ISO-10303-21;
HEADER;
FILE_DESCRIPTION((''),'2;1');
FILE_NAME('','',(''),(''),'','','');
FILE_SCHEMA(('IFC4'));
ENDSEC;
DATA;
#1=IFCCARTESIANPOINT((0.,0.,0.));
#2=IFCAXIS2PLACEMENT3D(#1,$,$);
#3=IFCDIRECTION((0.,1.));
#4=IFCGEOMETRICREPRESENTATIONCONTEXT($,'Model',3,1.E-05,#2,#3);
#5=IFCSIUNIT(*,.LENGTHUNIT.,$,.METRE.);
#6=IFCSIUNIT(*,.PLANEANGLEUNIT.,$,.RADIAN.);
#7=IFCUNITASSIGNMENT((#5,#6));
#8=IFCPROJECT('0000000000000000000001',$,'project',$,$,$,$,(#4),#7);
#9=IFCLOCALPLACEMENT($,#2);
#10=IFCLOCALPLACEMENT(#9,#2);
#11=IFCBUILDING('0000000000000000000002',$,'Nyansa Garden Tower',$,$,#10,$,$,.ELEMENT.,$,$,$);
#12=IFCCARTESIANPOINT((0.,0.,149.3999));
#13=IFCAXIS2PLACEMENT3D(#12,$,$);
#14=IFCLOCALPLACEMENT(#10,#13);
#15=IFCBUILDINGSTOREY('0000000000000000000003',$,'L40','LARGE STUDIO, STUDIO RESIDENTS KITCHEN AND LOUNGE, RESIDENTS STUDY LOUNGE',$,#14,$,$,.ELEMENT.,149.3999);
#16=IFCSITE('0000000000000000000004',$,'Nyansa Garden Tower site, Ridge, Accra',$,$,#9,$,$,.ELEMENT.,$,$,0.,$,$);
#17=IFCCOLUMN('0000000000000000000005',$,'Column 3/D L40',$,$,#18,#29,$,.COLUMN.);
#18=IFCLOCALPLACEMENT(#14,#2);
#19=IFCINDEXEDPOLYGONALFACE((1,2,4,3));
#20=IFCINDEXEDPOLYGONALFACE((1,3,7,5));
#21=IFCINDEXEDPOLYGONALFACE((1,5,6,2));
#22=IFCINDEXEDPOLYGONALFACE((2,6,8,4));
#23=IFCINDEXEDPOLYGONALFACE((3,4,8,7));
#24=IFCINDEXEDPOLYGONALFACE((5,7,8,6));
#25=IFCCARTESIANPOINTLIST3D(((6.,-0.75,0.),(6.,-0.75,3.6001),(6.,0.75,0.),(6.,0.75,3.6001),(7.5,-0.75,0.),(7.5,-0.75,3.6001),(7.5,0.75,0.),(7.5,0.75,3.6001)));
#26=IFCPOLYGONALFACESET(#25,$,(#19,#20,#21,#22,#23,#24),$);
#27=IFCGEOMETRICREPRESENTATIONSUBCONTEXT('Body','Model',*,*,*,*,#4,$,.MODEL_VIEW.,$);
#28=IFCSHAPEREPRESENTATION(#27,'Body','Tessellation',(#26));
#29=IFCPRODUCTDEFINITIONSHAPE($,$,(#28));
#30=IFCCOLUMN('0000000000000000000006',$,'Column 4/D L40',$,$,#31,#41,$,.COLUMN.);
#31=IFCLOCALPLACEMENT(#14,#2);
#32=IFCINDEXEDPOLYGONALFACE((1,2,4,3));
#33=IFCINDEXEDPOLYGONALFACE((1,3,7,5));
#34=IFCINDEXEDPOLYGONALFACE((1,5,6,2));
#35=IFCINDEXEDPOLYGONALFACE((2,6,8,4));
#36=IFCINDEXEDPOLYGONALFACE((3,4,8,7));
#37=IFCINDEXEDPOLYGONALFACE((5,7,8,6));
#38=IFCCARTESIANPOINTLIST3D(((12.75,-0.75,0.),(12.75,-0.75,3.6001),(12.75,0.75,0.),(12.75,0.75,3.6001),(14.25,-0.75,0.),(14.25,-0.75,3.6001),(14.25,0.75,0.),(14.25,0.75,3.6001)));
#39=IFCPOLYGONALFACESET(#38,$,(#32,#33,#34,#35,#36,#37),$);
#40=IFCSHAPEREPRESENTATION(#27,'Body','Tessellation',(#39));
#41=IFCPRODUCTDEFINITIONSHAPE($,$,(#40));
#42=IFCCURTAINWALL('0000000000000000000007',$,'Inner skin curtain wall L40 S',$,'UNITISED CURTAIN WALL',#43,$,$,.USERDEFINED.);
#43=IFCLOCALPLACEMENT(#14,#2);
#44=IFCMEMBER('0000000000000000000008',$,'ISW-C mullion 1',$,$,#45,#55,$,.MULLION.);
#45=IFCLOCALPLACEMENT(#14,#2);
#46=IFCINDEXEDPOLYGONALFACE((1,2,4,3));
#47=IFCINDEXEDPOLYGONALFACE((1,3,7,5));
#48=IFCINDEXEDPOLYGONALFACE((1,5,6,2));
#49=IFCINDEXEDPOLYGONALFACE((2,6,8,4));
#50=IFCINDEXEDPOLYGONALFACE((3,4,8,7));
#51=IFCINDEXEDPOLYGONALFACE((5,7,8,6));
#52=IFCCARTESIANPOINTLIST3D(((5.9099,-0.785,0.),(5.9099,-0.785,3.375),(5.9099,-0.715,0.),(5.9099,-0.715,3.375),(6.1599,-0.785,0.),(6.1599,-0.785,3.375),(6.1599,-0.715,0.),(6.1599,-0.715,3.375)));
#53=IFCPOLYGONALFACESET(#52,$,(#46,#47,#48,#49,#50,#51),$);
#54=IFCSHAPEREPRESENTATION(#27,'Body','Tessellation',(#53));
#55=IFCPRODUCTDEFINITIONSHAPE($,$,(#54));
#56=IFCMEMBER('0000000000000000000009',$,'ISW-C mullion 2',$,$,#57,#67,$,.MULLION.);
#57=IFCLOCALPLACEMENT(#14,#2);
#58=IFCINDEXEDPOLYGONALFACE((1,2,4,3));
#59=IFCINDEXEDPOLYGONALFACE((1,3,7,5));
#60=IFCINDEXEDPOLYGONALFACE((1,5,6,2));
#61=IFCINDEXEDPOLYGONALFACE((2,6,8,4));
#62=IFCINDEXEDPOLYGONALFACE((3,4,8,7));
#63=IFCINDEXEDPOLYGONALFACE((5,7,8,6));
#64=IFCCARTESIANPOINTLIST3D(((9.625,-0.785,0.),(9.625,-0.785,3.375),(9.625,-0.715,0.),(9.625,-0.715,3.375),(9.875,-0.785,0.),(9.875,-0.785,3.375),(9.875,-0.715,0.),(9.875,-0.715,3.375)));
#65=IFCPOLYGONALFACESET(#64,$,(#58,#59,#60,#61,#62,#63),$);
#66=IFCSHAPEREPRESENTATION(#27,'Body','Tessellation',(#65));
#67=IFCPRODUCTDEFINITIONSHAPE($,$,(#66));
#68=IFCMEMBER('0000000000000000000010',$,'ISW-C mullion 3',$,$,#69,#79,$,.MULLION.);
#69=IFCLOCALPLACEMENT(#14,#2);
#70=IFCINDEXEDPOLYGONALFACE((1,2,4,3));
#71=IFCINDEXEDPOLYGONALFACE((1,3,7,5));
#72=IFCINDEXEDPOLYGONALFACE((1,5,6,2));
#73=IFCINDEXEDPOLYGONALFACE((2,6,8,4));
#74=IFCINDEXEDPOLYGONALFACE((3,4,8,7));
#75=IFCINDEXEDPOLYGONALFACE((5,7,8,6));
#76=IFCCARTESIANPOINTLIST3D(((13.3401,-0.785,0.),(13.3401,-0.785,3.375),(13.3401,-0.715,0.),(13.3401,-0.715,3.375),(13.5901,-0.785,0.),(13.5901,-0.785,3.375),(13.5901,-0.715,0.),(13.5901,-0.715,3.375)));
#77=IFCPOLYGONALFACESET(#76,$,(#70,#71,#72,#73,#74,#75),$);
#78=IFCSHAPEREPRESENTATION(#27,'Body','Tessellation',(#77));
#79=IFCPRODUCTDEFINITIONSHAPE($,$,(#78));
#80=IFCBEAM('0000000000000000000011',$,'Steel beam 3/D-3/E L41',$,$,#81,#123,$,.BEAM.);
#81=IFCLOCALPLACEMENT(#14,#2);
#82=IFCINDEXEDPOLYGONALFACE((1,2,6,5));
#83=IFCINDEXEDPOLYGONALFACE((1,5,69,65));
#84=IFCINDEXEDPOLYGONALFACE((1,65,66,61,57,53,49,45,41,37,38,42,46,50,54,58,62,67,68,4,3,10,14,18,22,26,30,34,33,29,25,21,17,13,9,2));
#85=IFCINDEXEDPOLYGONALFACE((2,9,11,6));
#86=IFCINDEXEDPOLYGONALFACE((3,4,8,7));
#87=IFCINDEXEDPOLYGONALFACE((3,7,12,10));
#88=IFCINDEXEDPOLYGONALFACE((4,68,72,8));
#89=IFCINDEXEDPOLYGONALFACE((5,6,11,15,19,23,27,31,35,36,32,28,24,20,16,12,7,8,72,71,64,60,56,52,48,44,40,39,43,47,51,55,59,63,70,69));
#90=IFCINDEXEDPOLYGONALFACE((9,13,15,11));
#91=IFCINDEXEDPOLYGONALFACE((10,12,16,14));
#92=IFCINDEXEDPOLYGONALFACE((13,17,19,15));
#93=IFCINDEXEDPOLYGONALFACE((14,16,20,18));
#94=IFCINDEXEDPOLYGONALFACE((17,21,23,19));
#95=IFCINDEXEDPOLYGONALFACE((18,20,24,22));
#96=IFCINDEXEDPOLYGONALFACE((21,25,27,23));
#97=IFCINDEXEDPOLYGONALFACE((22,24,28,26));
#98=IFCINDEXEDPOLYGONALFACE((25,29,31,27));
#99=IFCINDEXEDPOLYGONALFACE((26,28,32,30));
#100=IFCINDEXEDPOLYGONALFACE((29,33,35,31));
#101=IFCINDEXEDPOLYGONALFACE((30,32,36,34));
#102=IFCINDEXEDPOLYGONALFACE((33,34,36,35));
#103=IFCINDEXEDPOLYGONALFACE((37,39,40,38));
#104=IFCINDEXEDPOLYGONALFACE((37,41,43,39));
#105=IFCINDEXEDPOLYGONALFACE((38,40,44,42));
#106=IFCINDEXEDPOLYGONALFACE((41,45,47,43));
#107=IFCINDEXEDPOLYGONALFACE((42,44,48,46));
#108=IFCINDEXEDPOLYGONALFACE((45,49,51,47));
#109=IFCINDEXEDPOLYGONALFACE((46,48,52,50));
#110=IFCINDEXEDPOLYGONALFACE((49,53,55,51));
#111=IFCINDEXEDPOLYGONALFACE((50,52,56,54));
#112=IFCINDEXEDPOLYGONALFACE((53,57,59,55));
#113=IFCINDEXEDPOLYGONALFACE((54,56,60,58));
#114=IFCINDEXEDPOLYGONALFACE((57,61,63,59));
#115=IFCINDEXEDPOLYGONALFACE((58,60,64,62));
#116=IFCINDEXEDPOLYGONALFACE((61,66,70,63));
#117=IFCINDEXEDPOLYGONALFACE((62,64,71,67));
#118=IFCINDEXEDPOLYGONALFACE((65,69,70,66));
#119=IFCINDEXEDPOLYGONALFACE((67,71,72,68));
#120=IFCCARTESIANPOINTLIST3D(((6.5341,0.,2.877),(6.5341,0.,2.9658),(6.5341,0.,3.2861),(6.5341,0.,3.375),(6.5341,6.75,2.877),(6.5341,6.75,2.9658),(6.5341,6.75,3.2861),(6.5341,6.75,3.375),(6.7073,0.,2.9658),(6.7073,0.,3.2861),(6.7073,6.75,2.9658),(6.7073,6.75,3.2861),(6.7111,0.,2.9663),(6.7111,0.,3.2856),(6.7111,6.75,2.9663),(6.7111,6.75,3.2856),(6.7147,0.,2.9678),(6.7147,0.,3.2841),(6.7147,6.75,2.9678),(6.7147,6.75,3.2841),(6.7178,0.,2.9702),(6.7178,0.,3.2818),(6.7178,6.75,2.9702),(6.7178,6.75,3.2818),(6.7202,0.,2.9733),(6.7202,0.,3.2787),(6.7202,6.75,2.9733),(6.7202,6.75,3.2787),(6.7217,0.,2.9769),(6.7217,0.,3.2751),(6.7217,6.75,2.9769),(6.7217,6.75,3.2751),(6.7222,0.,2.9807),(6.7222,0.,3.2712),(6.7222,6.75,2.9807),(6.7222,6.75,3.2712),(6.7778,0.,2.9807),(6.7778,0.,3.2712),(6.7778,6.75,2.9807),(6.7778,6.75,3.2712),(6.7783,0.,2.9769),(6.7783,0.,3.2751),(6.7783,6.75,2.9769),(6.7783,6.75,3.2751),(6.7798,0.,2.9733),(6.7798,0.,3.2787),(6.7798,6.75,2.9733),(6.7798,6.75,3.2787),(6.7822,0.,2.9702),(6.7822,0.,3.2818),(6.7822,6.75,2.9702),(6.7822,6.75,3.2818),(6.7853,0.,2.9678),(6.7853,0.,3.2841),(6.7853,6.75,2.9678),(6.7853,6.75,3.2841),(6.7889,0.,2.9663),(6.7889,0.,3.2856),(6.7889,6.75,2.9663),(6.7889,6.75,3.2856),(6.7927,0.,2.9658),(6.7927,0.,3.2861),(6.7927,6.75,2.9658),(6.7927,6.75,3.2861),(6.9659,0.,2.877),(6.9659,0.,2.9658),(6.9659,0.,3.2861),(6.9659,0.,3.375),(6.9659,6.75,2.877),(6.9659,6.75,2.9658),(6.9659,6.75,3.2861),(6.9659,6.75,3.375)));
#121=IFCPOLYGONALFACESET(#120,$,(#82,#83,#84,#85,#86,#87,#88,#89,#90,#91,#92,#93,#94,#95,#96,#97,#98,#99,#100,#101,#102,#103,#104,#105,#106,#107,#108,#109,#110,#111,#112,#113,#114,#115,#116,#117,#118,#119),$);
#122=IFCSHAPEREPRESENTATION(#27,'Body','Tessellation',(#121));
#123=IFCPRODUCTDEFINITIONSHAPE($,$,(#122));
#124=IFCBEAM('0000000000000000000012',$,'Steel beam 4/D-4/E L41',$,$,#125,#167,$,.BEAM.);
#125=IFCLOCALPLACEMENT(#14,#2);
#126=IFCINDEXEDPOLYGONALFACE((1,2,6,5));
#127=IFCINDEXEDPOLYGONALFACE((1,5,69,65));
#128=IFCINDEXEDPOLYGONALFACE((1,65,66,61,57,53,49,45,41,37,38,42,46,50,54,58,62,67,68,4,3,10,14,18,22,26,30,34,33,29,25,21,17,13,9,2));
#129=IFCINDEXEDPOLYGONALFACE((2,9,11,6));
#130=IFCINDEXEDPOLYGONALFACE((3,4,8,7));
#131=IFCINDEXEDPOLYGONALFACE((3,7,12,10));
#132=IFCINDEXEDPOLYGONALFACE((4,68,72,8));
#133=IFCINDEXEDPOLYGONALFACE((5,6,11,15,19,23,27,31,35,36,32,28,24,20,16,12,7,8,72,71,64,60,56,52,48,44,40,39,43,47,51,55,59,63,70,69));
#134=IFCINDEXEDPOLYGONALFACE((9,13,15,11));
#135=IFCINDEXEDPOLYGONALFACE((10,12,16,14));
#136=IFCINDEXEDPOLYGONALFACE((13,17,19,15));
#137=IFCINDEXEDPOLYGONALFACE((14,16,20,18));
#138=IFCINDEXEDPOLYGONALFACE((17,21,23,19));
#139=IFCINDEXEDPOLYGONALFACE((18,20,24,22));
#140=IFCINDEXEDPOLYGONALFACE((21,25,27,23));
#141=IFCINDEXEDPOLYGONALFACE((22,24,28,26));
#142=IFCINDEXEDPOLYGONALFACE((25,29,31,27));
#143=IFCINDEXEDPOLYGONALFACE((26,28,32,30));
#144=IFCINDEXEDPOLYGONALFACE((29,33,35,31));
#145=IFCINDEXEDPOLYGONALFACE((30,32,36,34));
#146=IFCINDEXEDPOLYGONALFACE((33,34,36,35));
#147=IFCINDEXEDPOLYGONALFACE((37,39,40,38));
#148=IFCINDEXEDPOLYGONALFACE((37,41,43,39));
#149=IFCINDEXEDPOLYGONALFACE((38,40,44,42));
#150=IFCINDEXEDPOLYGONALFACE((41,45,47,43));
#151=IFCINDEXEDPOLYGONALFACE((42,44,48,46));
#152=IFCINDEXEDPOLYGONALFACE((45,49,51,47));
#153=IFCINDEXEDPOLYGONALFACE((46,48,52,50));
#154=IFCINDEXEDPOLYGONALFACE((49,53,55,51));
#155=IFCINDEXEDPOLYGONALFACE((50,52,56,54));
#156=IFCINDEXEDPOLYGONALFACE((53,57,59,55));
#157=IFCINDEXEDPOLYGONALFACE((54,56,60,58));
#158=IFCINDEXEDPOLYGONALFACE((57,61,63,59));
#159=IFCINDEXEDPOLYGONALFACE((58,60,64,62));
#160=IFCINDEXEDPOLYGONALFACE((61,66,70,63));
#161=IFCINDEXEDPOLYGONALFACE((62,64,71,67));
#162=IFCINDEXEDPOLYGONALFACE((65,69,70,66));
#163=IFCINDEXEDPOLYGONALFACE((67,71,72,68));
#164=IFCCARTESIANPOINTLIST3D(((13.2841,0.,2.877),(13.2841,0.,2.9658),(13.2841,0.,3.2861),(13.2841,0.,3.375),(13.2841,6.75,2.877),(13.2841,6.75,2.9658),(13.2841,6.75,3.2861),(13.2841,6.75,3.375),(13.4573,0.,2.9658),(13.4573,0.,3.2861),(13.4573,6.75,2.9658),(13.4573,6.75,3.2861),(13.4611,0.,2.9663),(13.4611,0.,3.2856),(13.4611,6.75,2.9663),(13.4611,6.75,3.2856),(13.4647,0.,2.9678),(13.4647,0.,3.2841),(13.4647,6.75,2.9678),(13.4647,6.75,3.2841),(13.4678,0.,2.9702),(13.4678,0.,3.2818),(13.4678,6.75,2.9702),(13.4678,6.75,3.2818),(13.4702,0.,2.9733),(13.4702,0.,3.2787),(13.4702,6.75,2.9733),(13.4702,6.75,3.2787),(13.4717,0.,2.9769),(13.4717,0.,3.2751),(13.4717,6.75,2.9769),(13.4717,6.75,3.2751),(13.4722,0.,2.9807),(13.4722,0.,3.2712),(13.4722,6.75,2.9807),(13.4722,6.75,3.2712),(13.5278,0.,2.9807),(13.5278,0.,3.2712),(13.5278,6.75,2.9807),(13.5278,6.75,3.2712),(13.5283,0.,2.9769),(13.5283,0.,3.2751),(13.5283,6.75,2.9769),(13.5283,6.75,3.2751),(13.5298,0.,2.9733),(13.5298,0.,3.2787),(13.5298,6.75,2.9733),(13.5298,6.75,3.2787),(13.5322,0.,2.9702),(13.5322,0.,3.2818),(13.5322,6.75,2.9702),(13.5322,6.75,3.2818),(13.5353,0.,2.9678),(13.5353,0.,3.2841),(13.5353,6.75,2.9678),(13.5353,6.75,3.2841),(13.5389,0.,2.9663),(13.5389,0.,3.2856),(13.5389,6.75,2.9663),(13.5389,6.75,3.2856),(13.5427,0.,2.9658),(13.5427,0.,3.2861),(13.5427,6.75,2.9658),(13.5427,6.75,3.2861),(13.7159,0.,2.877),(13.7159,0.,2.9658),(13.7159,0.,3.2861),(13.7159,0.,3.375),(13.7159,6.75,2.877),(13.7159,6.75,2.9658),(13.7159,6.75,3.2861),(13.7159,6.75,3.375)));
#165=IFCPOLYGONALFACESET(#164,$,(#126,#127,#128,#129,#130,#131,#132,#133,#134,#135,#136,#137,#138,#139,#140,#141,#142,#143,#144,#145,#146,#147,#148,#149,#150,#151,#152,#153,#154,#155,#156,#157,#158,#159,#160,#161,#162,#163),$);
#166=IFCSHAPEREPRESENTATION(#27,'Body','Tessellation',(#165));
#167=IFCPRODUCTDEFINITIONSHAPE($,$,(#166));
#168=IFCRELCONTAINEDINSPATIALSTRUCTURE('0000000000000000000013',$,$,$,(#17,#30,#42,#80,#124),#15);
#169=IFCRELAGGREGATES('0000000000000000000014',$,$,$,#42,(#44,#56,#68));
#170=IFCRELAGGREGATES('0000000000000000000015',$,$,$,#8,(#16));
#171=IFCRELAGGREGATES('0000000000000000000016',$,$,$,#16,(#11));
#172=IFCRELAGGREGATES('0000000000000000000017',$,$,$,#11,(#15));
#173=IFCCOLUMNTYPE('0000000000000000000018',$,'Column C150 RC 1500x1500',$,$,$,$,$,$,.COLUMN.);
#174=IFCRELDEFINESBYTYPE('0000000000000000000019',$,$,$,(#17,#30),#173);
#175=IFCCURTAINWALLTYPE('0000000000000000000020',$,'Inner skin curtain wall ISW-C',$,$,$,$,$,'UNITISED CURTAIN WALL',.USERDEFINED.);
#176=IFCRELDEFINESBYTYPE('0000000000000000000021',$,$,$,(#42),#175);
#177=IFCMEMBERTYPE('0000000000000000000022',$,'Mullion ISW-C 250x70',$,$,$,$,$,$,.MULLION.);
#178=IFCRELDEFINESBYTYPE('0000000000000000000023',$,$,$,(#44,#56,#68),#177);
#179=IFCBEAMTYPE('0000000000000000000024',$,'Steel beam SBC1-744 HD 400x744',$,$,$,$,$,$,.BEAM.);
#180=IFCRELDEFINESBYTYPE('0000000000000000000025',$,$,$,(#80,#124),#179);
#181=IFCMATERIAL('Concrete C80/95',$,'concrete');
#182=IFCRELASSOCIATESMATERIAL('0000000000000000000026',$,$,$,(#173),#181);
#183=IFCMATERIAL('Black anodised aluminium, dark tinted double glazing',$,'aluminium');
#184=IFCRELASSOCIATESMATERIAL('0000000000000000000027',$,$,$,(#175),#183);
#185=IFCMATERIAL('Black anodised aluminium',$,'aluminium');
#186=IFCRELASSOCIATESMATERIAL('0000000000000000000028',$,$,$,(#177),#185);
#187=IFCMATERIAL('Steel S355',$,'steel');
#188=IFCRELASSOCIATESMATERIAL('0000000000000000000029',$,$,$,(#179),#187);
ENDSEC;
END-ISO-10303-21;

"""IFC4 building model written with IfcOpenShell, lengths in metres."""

from ifc_helpers import new_model, si_unit, direction, frame, origin, origin_2d, place, context, subcontext, project, spatial, rectangle, i_section, extrude, material, material_profile, profile_set, type_object, element, aggregate, save


model = new_model("IFC4")

# Units and contexts
model_context = context("Model", 3, precision=1e-05, world=origin(), true_north=direction((0.0, 1.0)))
body_context = subcontext(model_context, "Body", "Model", "MODEL_VIEW")
ifc_project = project(units=[si_unit("LENGTHUNIT", "METRE"), si_unit("PLANEANGLEUNIT", "RADIAN")], contexts=[model_context])

# Site, building, storey
site_placement = place(None, origin())
site = spatial("IfcSite", under=ifc_project, at=site_placement, Name="Nyansa Garden Tower site, Ridge, Accra", CompositionType="ELEMENT", RefElevation=0.0)
building_placement = place(site_placement, origin())
building = spatial("IfcBuilding", under=site, at=building_placement, Name="Nyansa Garden Tower", CompositionType="ELEMENT")
storey_placement = place(building_placement, frame((0.0, 0.0, 149.3999)))
storey = spatial("IfcBuildingStorey", under=building, at=storey_placement, Name="L40", Description="LARGE STUDIO, STUDIO RESIDENTS KITCHEN AND LOUNGE, RESIDENTS STUDY LOUNGE", CompositionType="ELEMENT", Elevation=149.3999)

# Columns
ifc_material_1 = material(Name="Concrete C80/95", Category="concrete")
ifc_material_profile_1 = material_profile(ifc_material_1, rectangle(XDim=1.5, YDim=1.5, at=origin_2d()), Name="RC 1500x1500")
ifc_profile_set_1 = profile_set([ifc_material_profile_1], Name="Concrete C80/95")
column_type = type_object("IfcColumnType", Name="Column C150 RC 1500x1500", PredefinedType="COLUMN", material=ifc_profile_set_1)
for number, where, z_axis, x_axis, name in (
    (1, (6.75, 0.0, 0.0), (0.0, 0.0, 1.0), (1.0, 0.0, 0.0), "Column 3/D L40"),
    (2, (13.5, 0.0, 0.0), (0.0, 0.0, 1.0), (1.0, 0.0, 0.0), "Column 4/D L40"),
):
    element("IfcColumn", number, at=place(storey_placement, frame(where, z_axis=z_axis, x_axis=x_axis)), inside=storey, type_object=column_type, Name=name, PredefinedType="COLUMN", context=body_context, shape_type="SweptSolid", body=[
        extrude(rectangle(XDim=1.5, YDim=1.5, at=origin_2d()), origin(), (0.0, 0.0, 1.0), 3.6001),
    ])

# Curtain wall, members
ifc_material_2 = material(Name="Black anodised aluminium, dark tinted double glazing", Category="aluminium")
curtain_wall_type = type_object("IfcCurtainWallType", Name="Inner skin curtain wall ISW-C", ElementType="UNITISED CURTAIN WALL", PredefinedType="USERDEFINED", material=ifc_material_2)
curtain_wall_placement = place(storey_placement, origin())
curtain_wall = element("IfcCurtainWall", 3, at=curtain_wall_placement, inside=storey, type_object=curtain_wall_type, Name="Inner skin curtain wall L40 S", ObjectType="UNITISED CURTAIN WALL", PredefinedType="USERDEFINED")
ifc_material_3 = material(Name="Black anodised aluminium", Category="aluminium")
ifc_material_profile_2 = material_profile(ifc_material_3, rectangle(XDim=0.0701, YDim=0.25, at=origin_2d()), Name="Mullion 250x70")
ifc_profile_set_2 = profile_set([ifc_material_profile_2], Name="Black anodised aluminium")
member_type_1 = type_object("IfcMemberType", Name="Mullion ISW-C 250x70", PredefinedType="MULLION", material=ifc_profile_set_2)
member_1_placement = place(storey_placement, frame((6.0349, -0.75, 0.0), z_axis=(0.0, 0.0, 1.0), x_axis=(0.0, 1.0, 0.0)))
member_1 = element("IfcMember", 4, at=member_1_placement, type_object=member_type_1, Name="ISW-C mullion 1", PredefinedType="MULLION", context=body_context, shape_type="SweptSolid", body=[
    extrude(rectangle(XDim=0.0701, YDim=0.25, at=origin_2d()), origin(), (0.0, 0.0, 1.0), 3.375),
])
member_2_placement = place(storey_placement, frame((9.75, -0.75, 0.0), z_axis=(0.0, 0.0, 1.0), x_axis=(0.0, 1.0, 0.0)))
member_2 = element("IfcMember", 5, at=member_2_placement, type_object=member_type_1, Name="ISW-C mullion 2", PredefinedType="MULLION", context=body_context, shape_type="SweptSolid", body=[
    extrude(rectangle(XDim=0.0701, YDim=0.25, at=origin_2d()), origin(), (0.0, 0.0, 1.0), 3.375),
])
member_3_placement = place(storey_placement, frame((13.4651, -0.75, 0.0), z_axis=(0.0, 0.0, 1.0), x_axis=(0.0, 1.0, 0.0)))
member_3 = element("IfcMember", 6, at=member_3_placement, type_object=member_type_1, Name="ISW-C mullion 3", PredefinedType="MULLION", context=body_context, shape_type="SweptSolid", body=[
    extrude(rectangle(XDim=0.0701, YDim=0.25, at=origin_2d()), origin(), (0.0, 0.0, 1.0), 3.375),
])

# Beams
ifc_material_4 = material(Name="Steel S355", Category="steel")
ifc_material_profile_3 = material_profile(ifc_material_4, i_section(OverallWidth=0.4319, OverallDepth=0.498, WebThickness=0.0557, FlangeThickness=0.0889, FilletRadius=0.0149, at=origin_2d()), Name="HD 400x744")
ifc_profile_set_3 = profile_set([ifc_material_profile_3], Name="Steel S355")
beam_type_1 = type_object("IfcBeamType", Name="Steel beam SBC1-744 HD 400x744", PredefinedType="BEAM", material=ifc_profile_set_3)
for number, where, z_axis, x_axis, name in (
    (7, (6.75, 0.0, 3.126), (0.0, 1.0, 0.0), (-1.0, 0.0, 0.0), "Steel beam 3/D-3/E L41"),
    (8, (13.5, 0.0, 3.126), (0.0, 1.0, 0.0), (-1.0, 0.0, 0.0), "Steel beam 4/D-4/E L41"),
):
    element("IfcBeam", number, at=place(storey_placement, frame(where, z_axis=z_axis, x_axis=x_axis)), inside=storey, type_object=beam_type_1, Name=name, PredefinedType="BEAM", context=body_context, shape_type="SweptSolid", body=[
        extrude(i_section(OverallWidth=0.4319, OverallDepth=0.498, WebThickness=0.0557, FlangeThickness=0.0889, FilletRadius=0.0149, at=origin_2d()), origin(), (0.0, 0.0, 1.0), 6.75),
    ])

aggregate(curtain_wall, [member_1, member_2, member_3])

save(model, "model.ifc")
